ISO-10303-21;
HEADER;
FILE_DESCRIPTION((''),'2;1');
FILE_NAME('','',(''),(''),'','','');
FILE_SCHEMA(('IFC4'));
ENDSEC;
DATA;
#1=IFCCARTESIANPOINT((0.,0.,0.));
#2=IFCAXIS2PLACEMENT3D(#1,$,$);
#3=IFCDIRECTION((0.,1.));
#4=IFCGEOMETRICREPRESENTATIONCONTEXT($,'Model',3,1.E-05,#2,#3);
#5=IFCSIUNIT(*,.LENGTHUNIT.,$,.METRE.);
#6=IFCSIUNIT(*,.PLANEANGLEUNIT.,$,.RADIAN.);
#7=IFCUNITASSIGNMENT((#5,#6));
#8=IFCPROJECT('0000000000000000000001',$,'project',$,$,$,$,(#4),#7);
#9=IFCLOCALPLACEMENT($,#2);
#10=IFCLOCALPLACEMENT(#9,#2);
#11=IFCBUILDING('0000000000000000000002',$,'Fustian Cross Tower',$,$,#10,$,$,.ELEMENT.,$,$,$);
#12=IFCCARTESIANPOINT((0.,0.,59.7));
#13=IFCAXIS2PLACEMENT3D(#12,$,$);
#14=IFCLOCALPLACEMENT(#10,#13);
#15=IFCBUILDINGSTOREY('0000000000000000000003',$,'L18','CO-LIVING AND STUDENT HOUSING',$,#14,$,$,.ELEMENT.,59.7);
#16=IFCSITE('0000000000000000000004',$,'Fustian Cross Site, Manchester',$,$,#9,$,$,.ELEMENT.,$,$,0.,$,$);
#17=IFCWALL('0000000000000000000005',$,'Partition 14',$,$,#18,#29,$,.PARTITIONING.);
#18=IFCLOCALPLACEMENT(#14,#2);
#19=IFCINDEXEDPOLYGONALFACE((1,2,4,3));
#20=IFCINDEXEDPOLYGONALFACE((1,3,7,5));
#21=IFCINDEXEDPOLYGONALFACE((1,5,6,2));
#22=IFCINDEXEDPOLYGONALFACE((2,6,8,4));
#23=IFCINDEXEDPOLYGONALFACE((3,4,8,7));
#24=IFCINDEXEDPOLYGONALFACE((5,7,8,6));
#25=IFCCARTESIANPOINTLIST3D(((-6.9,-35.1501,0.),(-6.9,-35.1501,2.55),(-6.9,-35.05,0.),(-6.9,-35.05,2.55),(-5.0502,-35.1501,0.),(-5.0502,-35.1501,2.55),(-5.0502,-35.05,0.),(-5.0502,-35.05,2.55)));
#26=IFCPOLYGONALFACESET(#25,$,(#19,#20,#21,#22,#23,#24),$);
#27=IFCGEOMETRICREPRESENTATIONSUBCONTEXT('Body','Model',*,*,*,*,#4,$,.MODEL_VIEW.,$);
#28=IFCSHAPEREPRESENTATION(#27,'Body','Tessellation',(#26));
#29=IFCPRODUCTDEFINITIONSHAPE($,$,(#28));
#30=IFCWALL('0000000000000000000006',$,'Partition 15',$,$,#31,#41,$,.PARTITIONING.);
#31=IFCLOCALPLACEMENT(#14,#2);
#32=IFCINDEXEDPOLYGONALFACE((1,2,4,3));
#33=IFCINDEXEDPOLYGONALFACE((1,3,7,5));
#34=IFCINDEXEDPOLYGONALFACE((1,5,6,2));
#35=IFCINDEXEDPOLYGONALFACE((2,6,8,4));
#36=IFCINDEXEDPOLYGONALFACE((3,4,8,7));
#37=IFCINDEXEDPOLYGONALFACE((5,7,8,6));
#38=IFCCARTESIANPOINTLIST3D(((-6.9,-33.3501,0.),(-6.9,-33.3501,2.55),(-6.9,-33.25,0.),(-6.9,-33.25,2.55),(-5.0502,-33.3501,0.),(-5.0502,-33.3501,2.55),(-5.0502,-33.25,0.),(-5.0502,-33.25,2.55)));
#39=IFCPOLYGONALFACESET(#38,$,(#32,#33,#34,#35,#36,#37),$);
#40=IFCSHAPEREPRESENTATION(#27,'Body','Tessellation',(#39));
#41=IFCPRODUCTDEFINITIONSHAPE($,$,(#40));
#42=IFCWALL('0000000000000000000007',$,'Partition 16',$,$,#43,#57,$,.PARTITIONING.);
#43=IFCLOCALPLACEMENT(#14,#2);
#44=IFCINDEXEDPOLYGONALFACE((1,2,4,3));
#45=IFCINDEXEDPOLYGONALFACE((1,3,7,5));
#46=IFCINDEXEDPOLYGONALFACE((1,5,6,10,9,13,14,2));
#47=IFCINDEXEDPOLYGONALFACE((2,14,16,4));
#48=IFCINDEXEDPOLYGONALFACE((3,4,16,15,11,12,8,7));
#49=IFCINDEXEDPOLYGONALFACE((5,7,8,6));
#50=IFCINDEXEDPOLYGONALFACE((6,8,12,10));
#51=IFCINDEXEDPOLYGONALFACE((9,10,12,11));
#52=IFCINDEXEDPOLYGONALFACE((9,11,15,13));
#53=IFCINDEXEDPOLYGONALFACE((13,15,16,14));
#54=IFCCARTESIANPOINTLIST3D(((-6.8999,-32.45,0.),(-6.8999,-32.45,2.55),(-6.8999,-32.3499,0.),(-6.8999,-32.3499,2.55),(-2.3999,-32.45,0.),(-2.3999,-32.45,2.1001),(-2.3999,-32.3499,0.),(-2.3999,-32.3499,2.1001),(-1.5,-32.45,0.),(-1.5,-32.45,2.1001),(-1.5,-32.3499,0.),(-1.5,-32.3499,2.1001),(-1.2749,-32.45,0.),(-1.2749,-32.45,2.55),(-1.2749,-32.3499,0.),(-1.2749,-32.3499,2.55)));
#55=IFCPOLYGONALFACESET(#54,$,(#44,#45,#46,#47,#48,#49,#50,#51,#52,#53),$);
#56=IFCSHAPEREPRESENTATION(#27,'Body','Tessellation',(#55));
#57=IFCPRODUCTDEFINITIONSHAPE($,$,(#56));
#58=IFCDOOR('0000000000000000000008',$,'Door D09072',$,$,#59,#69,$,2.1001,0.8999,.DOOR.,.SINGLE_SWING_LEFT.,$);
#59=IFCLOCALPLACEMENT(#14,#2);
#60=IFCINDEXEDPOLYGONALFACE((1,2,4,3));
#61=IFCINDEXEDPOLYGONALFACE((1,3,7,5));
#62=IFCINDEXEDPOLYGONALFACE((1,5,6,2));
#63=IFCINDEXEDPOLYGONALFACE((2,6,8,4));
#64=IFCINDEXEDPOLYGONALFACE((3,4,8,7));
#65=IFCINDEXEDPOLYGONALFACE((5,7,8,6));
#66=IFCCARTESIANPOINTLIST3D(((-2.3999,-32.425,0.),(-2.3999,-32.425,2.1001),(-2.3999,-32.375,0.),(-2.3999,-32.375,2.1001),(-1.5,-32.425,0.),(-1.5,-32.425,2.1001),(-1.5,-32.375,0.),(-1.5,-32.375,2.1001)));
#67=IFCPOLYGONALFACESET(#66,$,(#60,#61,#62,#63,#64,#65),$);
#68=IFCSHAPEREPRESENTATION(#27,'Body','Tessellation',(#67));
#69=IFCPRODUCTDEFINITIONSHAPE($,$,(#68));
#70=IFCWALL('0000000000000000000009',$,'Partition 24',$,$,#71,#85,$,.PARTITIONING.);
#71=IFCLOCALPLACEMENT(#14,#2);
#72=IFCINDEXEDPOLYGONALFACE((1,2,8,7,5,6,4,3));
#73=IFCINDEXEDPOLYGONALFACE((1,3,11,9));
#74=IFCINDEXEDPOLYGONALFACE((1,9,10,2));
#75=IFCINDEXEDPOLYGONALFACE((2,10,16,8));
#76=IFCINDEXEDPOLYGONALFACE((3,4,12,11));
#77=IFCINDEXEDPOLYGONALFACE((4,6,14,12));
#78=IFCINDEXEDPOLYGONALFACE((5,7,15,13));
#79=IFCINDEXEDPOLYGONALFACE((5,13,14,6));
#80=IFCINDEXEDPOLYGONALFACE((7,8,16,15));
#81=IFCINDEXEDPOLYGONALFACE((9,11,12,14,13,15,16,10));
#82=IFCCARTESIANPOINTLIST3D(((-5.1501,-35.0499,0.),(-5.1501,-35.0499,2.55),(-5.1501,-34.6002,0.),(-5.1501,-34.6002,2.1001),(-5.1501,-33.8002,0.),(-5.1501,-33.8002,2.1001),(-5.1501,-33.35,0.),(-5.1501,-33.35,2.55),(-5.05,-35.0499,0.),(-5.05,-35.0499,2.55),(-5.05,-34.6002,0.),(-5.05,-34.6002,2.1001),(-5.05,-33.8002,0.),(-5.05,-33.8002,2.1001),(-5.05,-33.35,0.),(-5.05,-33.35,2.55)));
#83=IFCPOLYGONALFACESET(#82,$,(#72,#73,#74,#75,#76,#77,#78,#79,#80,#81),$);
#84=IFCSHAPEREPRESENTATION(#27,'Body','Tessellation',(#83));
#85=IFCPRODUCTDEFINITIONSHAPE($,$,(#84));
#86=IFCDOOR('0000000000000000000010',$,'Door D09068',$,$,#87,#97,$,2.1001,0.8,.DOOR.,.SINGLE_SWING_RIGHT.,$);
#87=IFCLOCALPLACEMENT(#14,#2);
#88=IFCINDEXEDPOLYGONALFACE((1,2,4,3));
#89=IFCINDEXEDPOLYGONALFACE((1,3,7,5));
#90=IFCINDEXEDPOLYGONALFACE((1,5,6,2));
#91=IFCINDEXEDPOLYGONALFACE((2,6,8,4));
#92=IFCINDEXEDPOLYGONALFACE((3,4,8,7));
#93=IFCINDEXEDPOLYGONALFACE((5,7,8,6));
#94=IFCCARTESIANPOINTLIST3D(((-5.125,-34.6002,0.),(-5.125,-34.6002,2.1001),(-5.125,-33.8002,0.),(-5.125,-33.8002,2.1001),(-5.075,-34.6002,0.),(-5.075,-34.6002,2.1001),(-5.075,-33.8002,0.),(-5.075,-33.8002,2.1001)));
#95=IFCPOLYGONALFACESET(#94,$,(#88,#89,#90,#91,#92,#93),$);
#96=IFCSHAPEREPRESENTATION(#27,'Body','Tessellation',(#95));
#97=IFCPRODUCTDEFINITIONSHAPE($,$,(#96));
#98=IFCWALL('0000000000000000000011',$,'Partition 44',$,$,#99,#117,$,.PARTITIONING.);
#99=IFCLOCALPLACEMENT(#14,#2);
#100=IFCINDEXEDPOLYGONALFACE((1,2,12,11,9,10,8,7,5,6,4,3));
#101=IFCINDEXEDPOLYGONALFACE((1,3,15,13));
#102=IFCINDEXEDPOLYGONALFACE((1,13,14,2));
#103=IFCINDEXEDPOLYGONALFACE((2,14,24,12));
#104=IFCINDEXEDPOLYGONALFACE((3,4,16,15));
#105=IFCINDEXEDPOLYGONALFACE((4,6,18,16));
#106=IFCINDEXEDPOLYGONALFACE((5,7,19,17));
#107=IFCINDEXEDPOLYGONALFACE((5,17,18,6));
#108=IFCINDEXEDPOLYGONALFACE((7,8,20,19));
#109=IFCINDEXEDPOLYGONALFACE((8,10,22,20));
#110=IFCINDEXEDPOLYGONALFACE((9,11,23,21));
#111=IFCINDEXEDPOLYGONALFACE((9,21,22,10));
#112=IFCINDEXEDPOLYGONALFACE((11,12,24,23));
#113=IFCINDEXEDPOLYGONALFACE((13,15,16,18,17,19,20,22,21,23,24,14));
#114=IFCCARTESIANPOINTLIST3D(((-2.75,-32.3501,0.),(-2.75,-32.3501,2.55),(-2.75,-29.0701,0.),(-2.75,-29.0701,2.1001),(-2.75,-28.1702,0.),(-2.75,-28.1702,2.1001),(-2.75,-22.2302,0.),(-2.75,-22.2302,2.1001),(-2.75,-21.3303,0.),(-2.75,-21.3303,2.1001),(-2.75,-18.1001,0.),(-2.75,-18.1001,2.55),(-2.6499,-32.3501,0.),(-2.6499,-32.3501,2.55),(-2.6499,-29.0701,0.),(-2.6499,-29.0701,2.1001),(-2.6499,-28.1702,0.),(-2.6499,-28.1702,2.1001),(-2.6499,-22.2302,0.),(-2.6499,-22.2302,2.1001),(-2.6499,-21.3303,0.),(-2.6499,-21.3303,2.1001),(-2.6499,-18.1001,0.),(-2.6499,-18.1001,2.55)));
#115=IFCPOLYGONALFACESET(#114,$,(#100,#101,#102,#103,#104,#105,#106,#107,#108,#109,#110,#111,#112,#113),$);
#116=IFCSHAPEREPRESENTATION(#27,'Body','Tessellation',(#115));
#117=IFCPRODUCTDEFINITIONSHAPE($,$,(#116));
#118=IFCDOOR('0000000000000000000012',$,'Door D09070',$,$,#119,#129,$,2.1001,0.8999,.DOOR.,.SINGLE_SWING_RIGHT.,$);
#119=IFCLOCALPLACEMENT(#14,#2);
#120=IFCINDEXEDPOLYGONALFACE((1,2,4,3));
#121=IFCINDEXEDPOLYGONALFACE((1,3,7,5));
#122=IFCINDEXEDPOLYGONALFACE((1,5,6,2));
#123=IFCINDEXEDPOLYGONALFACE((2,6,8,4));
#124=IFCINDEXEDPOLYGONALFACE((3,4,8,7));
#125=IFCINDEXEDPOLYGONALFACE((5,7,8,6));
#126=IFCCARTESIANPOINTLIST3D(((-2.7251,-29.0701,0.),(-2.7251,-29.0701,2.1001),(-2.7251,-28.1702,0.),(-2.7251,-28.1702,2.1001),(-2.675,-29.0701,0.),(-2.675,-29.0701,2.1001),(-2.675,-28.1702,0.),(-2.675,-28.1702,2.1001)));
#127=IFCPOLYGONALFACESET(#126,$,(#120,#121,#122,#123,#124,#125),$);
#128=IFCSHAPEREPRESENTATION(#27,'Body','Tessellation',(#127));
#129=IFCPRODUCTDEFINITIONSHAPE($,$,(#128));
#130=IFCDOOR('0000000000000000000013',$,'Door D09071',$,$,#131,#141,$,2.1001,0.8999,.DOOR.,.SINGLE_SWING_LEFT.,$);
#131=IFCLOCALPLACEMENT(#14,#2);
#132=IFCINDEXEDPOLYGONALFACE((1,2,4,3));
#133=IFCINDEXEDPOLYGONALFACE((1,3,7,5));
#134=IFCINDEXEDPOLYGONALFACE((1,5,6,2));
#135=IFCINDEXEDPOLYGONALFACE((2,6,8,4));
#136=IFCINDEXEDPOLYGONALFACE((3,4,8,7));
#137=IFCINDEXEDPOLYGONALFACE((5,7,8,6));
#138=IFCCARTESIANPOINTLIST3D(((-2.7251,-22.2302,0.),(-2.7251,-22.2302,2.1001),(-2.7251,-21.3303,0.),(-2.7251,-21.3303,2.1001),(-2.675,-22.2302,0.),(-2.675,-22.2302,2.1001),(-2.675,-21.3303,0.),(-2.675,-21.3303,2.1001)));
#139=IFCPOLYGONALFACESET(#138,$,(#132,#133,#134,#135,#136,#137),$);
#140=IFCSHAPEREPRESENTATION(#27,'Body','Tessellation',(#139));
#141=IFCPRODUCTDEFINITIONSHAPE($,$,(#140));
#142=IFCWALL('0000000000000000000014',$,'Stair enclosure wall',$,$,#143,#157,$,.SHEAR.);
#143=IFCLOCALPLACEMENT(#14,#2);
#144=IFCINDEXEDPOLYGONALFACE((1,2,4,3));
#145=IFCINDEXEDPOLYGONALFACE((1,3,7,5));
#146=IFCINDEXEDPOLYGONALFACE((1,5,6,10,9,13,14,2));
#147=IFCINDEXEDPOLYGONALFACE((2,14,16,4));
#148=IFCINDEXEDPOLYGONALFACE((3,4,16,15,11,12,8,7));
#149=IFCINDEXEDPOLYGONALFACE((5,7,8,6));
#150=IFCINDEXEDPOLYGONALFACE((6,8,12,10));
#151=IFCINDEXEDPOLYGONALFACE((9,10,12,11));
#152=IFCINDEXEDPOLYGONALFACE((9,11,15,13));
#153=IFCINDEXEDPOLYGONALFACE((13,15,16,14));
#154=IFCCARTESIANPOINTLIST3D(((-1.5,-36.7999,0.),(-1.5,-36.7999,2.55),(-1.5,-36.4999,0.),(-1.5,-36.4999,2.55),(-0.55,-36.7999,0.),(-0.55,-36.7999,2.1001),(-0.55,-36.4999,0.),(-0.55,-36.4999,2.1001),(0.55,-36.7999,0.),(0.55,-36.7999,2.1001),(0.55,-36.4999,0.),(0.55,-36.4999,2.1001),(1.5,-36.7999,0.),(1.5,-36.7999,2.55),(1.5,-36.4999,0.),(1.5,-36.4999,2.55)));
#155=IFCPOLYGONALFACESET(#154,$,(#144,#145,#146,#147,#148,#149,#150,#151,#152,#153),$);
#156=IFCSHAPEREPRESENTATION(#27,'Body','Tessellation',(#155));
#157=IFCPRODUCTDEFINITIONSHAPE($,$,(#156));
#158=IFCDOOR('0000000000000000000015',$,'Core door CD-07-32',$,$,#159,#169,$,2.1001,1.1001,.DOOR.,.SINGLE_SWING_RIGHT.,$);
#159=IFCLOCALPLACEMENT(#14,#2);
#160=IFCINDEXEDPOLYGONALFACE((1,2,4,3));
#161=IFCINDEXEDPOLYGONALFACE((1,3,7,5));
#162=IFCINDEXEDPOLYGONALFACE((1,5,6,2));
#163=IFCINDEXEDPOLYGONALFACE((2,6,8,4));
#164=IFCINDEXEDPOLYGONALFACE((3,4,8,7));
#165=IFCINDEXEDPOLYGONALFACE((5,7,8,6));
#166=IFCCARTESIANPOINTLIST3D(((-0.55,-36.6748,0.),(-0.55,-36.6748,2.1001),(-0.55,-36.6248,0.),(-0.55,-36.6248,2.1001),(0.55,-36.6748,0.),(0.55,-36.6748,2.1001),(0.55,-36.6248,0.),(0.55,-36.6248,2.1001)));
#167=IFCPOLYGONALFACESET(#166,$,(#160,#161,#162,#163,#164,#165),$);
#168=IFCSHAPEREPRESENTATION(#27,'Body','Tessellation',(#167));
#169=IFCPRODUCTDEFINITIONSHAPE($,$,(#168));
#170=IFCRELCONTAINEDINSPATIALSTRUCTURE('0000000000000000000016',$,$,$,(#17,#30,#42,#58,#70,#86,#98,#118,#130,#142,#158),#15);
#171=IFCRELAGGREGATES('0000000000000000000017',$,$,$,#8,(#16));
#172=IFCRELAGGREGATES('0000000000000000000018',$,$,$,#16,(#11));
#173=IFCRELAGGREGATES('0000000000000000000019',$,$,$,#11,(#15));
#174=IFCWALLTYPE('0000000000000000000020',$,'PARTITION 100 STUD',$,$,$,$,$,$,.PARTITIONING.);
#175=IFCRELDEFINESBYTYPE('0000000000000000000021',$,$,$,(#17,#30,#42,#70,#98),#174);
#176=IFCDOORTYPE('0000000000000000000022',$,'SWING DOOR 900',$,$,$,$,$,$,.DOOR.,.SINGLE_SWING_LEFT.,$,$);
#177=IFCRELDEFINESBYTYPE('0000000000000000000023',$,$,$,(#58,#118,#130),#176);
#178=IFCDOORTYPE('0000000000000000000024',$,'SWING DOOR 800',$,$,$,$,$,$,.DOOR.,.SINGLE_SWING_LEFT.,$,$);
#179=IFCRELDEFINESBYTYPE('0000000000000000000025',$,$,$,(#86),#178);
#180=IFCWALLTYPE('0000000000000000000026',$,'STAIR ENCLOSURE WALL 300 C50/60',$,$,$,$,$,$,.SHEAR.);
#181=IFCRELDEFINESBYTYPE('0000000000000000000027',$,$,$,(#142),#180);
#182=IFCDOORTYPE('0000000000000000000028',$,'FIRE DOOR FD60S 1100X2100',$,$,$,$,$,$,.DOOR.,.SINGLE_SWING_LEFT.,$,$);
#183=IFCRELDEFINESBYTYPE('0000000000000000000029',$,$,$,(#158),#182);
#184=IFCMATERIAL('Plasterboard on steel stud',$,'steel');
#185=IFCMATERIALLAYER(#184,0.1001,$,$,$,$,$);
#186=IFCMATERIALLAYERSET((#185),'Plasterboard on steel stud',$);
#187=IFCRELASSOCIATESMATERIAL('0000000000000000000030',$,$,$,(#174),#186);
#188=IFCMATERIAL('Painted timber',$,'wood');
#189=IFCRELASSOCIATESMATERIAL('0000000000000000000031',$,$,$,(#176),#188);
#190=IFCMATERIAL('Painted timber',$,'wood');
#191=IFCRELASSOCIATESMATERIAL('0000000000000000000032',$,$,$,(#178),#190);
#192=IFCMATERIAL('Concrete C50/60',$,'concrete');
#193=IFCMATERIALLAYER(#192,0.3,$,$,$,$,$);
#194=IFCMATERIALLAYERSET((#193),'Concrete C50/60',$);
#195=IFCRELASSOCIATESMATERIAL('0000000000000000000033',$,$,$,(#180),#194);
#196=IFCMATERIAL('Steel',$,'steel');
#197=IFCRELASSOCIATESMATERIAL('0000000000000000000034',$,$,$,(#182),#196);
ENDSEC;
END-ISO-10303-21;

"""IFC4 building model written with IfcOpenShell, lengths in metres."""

from ifc_helpers import new_model, si_unit, direction, frame, frame_2d, origin, place, context, subcontext, project, spatial, rectangle, extrude, material, layer, layer_set, type_object, element, fill, save


model = new_model("IFC4")

# Units and contexts
model_context = context("Model", 3, precision=1e-05, world=origin(), true_north=direction((0.0, 1.0)))
body_context = subcontext(model_context, "Body", "Model", "MODEL_VIEW")
ifc_project = project(units=[si_unit("LENGTHUNIT", "METRE"), si_unit("PLANEANGLEUNIT", "RADIAN")], contexts=[model_context])

# Site, building, storey
site_placement = place(None, origin())
site = spatial("IfcSite", under=ifc_project, at=site_placement, Name="Fustian Cross Site, Manchester", CompositionType="ELEMENT", RefElevation=0.0)
building_placement = place(site_placement, origin())
building = spatial("IfcBuilding", under=site, at=building_placement, Name="Fustian Cross Tower", CompositionType="ELEMENT")
storey_placement = place(building_placement, frame((0.0, 0.0, 59.7)))
storey = spatial("IfcBuildingStorey", under=building, at=storey_placement, Name="L18", Description="CO-LIVING AND STUDENT HOUSING", CompositionType="ELEMENT", Elevation=59.7)

# Walls
ifc_material_1 = material(Name="Plasterboard on steel stud", Category="steel")
ifc_layer_1 = layer(ifc_material_1, 0.1001)
ifc_layer_set_1 = layer_set([ifc_layer_1], Name="Plasterboard on steel stud")
wall_type_1 = type_object("IfcWallType", Name="PARTITION 100 STUD", PredefinedType="PARTITIONING", material=ifc_layer_set_1)
for number, where, z_axis, x_axis, name in (
    (1, (-6.8999, -35.1001, 0.0), (0.0, 0.0, 1.0), (1.0, 0.0, 0.0), "Partition 14"),
    (2, (-6.8999, -33.3, 0.0), (0.0, 0.0, 1.0), (1.0, 0.0, 0.0), "Partition 15"),
):
    element("IfcWall", number, at=place(storey_placement, frame(where, z_axis=z_axis, x_axis=x_axis)), inside=storey, type_object=wall_type_1, Name=name, PredefinedType="PARTITIONING", context=body_context, shape_type="SweptSolid", body=[
        extrude(rectangle(XDim=1.8499, YDim=0.1001, at=frame_2d((0.9248, 0.0))), origin(), (0.0, 0.0, 1.0), 2.55),
    ])

# Walls, openings, doors
wall_1_placement = place(storey_placement, frame((-6.8999, -32.3999, 0.0), z_axis=(0.0, 0.0, 1.0), x_axis=(1.0, 0.0, 0.0)))
wall_1 = element("IfcWall", 3, at=wall_1_placement, inside=storey, type_object=wall_type_1, Name="Partition 16", PredefinedType="PARTITIONING", context=body_context, shape_type="SweptSolid", body=[
    extrude(rectangle(XDim=5.625, YDim=0.1001, at=frame_2d((2.8125, 0.0))), origin(), (0.0, 0.0, 1.0), 2.55),
])
opening_1_placement = place(wall_1_placement, frame((4.5, 0.0, 0.0)))
opening_1 = element("IfcOpeningElement", 4, at=opening_1_placement, cuts=wall_1, PredefinedType="OPENING", context=body_context, shape_type="SweptSolid", body=[
    extrude(rectangle(XDim=0.8999, YDim=2.1001, at=frame_2d((0.45, 1.05))), frame((0.0, 0.0601, 0.0), z_axis=(0.0, -1.0, 0.0), x_axis=(1.0, 0.0, 0.0)), (0.0, 0.0, 1.0), 0.1201),
])
ifc_material_2 = material(Name="Painted timber", Category="wood")
door_type_1 = type_object("IfcDoorType", Name="SWING DOOR 900", OperationType="SINGLE_SWING_LEFT", PredefinedType="DOOR", material=ifc_material_2)
door_1_placement = place(opening_1_placement, origin())
door_1 = element("IfcDoor", 5, at=door_1_placement, inside=storey, type_object=door_type_1, Name="Door D09072", OperationType="SINGLE_SWING_LEFT", OverallHeight=2.1001, OverallWidth=0.8999, PredefinedType="DOOR", context=body_context, shape_type="SweptSolid", body=[
    extrude(rectangle(XDim=0.8999, YDim=2.1001, at=frame_2d((0.45, 1.05))), frame((0.0, 0.0249, 0.0), z_axis=(0.0, -1.0, 0.0), x_axis=(1.0, 0.0, 0.0)), (0.0, 0.0, 1.0), 0.05),
])
fill(opening_1, door_1)
wall_2_placement = place(storey_placement, frame((-5.1001, -35.05, 0.0), z_axis=(0.0, 0.0, 1.0), x_axis=(0.0, 1.0, 0.0)))
wall_2 = element("IfcWall", 6, at=wall_2_placement, inside=storey, type_object=wall_type_1, Name="Partition 24", PredefinedType="PARTITIONING", context=body_context, shape_type="SweptSolid", body=[
    extrude(rectangle(XDim=1.7, YDim=0.1001, at=frame_2d((0.8501, 0.0))), origin(), (0.0, 0.0, 1.0), 2.55),
])
opening_2_placement = place(wall_2_placement, frame((0.45, 0.0, 0.0)))
opening_2 = element("IfcOpeningElement", 7, at=opening_2_placement, cuts=wall_2, PredefinedType="OPENING", context=body_context, shape_type="SweptSolid", body=[
    extrude(rectangle(XDim=0.8, YDim=2.1001, at=frame_2d((0.3999, 1.05))), frame((0.0, 0.0601, 0.0), z_axis=(0.0, -1.0, 0.0), x_axis=(1.0, 0.0, 0.0)), (0.0, 0.0, 1.0), 0.1201),
])
ifc_material_3 = material(Name="Painted timber", Category="wood")
door_type_2 = type_object("IfcDoorType", Name="SWING DOOR 800", OperationType="SINGLE_SWING_LEFT", PredefinedType="DOOR", material=ifc_material_3)
door_2_placement = place(opening_2_placement, origin())
door_2 = element("IfcDoor", 8, at=door_2_placement, inside=storey, type_object=door_type_2, Name="Door D09068", OperationType="SINGLE_SWING_RIGHT", OverallHeight=2.1001, OverallWidth=0.8, PredefinedType="DOOR", context=body_context, shape_type="SweptSolid", body=[
    extrude(rectangle(XDim=0.8, YDim=2.1001, at=frame_2d((0.3999, 1.05))), frame((0.0, 0.0249, 0.0), z_axis=(0.0, -1.0, 0.0), x_axis=(1.0, 0.0, 0.0)), (0.0, 0.0, 1.0), 0.05),
])
fill(opening_2, door_2)

# Wall, openings, doors
wall_3_placement = place(storey_placement, frame((-2.7, -32.3501, 0.0), z_axis=(0.0, 0.0, 1.0), x_axis=(0.0, 1.0, 0.0)))
wall_3 = element("IfcWall", 9, at=wall_3_placement, inside=storey, type_object=wall_type_1, Name="Partition 44", PredefinedType="PARTITIONING", context=body_context, shape_type="SweptSolid", body=[
    extrude(rectangle(XDim=14.25, YDim=0.1001, at=frame_2d((7.125, 0.0))), origin(), (0.0, 0.0, 1.0), 2.55),
])
opening_3_placement = place(wall_3_placement, frame((3.28, 0.0, 0.0)))
opening_3 = element("IfcOpeningElement", 10, at=opening_3_placement, cuts=wall_3, PredefinedType="OPENING", context=body_context, shape_type="SweptSolid", body=[
    extrude(rectangle(XDim=0.8999, YDim=2.1001, at=frame_2d((0.45, 1.05))), frame((0.0, 0.0601, 0.0), z_axis=(0.0, -1.0, 0.0), x_axis=(1.0, 0.0, 0.0)), (0.0, 0.0, 1.0), 0.1201),
])
opening_4_placement = place(wall_3_placement, frame((10.1199, 0.0, 0.0)))
opening_4 = element("IfcOpeningElement", 11, at=opening_4_placement, cuts=wall_3, PredefinedType="OPENING", context=body_context, shape_type="SweptSolid", body=[
    extrude(rectangle(XDim=0.8999, YDim=2.1001, at=frame_2d((0.45, 1.05))), frame((0.0, 0.0601, 0.0), z_axis=(0.0, -1.0, 0.0), x_axis=(1.0, 0.0, 0.0)), (0.0, 0.0, 1.0), 0.1201),
])
door_3_placement = place(opening_3_placement, frame((0.8999, 0.0, 0.0), z_axis=(0.0, 0.0, 1.0), x_axis=(-1.0, 0.0, 0.0)))
door_3 = element("IfcDoor", 12, at=door_3_placement, inside=storey, type_object=door_type_1, Name="Door D09070", OperationType="SINGLE_SWING_RIGHT", OverallHeight=2.1001, OverallWidth=0.8999, PredefinedType="DOOR", context=body_context, shape_type="SweptSolid", body=[
    extrude(rectangle(XDim=0.8999, YDim=2.1001, at=frame_2d((0.45, 1.05))), frame((0.0, 0.0249, 0.0), z_axis=(0.0, -1.0, 0.0), x_axis=(1.0, 0.0, 0.0)), (0.0, 0.0, 1.0), 0.05),
])
fill(opening_3, door_3)
door_4_placement = place(opening_4_placement, frame((0.8999, 0.0, 0.0), z_axis=(0.0, 0.0, 1.0), x_axis=(-1.0, 0.0, 0.0)))
door_4 = element("IfcDoor", 13, at=door_4_placement, inside=storey, type_object=door_type_1, Name="Door D09071", OperationType="SINGLE_SWING_LEFT", OverallHeight=2.1001, OverallWidth=0.8999, PredefinedType="DOOR", context=body_context, shape_type="SweptSolid", body=[
    extrude(rectangle(XDim=0.8999, YDim=2.1001, at=frame_2d((0.45, 1.05))), frame((0.0, 0.0249, 0.0), z_axis=(0.0, -1.0, 0.0), x_axis=(1.0, 0.0, 0.0)), (0.0, 0.0, 1.0), 0.05),
])
fill(opening_4, door_4)

# Wall, opening, door
ifc_material_4 = material(Name="Concrete C50/60", Category="concrete")
ifc_layer_2 = layer(ifc_material_4, 0.3)
ifc_layer_set_2 = layer_set([ifc_layer_2], Name="Concrete C50/60")
wall_type_2 = type_object("IfcWallType", Name="STAIR ENCLOSURE WALL 300 C50/60", PredefinedType="SHEAR", material=ifc_layer_set_2)
wall_4_placement = place(storey_placement, frame((-1.5, -36.6499, 0.0), z_axis=(0.0, 0.0, 1.0), x_axis=(1.0, 0.0, 0.0)))
wall_4 = element("IfcWall", 14, at=wall_4_placement, inside=storey, type_object=wall_type_2, Name="Stair enclosure wall", PredefinedType="SHEAR", context=body_context, shape_type="SweptSolid", body=[
    extrude(rectangle(XDim=3.0, YDim=0.3, at=frame_2d((1.5, 0.0))), origin(), (0.0, 0.0, 1.0), 2.55),
])
opening_5_placement = place(wall_4_placement, frame((0.95, 0.0, 0.0)))
opening_5 = element("IfcOpeningElement", 15, at=opening_5_placement, cuts=wall_4, PredefinedType="OPENING", context=body_context, shape_type="SweptSolid", body=[
    extrude(rectangle(XDim=1.1001, YDim=2.1001, at=frame_2d((0.55, 1.05))), frame((0.0, 0.1599, 0.0), z_axis=(0.0, -1.0, 0.0), x_axis=(1.0, 0.0, 0.0)), (0.0, 0.0, 1.0), 0.3201),
])
ifc_material_5 = material(Name="Steel", Category="steel")
door_type_3 = type_object("IfcDoorType", Name="FIRE DOOR FD60S 1100X2100", OperationType="SINGLE_SWING_LEFT", PredefinedType="DOOR", material=ifc_material_5)
door_5_placement = place(opening_5_placement, frame((1.1001, 0.0, 0.0), z_axis=(0.0, 0.0, 1.0), x_axis=(-1.0, 0.0, 0.0)))
door_5 = element("IfcDoor", 16, at=door_5_placement, inside=storey, type_object=door_type_3, Name="Core door CD-07-32", OperationType="SINGLE_SWING_RIGHT", OverallHeight=2.1001, OverallWidth=1.1001, PredefinedType="DOOR", context=body_context, shape_type="SweptSolid", body=[
    extrude(rectangle(XDim=1.1001, YDim=2.1001, at=frame_2d((0.55, 1.05))), frame((0.0, 0.0249, 0.0), z_axis=(0.0, -1.0, 0.0), x_axis=(1.0, 0.0, 0.0)), (0.0, 0.0, 1.0), 0.05),
])
fill(opening_5, door_5)

save(model, "model.ifc")
